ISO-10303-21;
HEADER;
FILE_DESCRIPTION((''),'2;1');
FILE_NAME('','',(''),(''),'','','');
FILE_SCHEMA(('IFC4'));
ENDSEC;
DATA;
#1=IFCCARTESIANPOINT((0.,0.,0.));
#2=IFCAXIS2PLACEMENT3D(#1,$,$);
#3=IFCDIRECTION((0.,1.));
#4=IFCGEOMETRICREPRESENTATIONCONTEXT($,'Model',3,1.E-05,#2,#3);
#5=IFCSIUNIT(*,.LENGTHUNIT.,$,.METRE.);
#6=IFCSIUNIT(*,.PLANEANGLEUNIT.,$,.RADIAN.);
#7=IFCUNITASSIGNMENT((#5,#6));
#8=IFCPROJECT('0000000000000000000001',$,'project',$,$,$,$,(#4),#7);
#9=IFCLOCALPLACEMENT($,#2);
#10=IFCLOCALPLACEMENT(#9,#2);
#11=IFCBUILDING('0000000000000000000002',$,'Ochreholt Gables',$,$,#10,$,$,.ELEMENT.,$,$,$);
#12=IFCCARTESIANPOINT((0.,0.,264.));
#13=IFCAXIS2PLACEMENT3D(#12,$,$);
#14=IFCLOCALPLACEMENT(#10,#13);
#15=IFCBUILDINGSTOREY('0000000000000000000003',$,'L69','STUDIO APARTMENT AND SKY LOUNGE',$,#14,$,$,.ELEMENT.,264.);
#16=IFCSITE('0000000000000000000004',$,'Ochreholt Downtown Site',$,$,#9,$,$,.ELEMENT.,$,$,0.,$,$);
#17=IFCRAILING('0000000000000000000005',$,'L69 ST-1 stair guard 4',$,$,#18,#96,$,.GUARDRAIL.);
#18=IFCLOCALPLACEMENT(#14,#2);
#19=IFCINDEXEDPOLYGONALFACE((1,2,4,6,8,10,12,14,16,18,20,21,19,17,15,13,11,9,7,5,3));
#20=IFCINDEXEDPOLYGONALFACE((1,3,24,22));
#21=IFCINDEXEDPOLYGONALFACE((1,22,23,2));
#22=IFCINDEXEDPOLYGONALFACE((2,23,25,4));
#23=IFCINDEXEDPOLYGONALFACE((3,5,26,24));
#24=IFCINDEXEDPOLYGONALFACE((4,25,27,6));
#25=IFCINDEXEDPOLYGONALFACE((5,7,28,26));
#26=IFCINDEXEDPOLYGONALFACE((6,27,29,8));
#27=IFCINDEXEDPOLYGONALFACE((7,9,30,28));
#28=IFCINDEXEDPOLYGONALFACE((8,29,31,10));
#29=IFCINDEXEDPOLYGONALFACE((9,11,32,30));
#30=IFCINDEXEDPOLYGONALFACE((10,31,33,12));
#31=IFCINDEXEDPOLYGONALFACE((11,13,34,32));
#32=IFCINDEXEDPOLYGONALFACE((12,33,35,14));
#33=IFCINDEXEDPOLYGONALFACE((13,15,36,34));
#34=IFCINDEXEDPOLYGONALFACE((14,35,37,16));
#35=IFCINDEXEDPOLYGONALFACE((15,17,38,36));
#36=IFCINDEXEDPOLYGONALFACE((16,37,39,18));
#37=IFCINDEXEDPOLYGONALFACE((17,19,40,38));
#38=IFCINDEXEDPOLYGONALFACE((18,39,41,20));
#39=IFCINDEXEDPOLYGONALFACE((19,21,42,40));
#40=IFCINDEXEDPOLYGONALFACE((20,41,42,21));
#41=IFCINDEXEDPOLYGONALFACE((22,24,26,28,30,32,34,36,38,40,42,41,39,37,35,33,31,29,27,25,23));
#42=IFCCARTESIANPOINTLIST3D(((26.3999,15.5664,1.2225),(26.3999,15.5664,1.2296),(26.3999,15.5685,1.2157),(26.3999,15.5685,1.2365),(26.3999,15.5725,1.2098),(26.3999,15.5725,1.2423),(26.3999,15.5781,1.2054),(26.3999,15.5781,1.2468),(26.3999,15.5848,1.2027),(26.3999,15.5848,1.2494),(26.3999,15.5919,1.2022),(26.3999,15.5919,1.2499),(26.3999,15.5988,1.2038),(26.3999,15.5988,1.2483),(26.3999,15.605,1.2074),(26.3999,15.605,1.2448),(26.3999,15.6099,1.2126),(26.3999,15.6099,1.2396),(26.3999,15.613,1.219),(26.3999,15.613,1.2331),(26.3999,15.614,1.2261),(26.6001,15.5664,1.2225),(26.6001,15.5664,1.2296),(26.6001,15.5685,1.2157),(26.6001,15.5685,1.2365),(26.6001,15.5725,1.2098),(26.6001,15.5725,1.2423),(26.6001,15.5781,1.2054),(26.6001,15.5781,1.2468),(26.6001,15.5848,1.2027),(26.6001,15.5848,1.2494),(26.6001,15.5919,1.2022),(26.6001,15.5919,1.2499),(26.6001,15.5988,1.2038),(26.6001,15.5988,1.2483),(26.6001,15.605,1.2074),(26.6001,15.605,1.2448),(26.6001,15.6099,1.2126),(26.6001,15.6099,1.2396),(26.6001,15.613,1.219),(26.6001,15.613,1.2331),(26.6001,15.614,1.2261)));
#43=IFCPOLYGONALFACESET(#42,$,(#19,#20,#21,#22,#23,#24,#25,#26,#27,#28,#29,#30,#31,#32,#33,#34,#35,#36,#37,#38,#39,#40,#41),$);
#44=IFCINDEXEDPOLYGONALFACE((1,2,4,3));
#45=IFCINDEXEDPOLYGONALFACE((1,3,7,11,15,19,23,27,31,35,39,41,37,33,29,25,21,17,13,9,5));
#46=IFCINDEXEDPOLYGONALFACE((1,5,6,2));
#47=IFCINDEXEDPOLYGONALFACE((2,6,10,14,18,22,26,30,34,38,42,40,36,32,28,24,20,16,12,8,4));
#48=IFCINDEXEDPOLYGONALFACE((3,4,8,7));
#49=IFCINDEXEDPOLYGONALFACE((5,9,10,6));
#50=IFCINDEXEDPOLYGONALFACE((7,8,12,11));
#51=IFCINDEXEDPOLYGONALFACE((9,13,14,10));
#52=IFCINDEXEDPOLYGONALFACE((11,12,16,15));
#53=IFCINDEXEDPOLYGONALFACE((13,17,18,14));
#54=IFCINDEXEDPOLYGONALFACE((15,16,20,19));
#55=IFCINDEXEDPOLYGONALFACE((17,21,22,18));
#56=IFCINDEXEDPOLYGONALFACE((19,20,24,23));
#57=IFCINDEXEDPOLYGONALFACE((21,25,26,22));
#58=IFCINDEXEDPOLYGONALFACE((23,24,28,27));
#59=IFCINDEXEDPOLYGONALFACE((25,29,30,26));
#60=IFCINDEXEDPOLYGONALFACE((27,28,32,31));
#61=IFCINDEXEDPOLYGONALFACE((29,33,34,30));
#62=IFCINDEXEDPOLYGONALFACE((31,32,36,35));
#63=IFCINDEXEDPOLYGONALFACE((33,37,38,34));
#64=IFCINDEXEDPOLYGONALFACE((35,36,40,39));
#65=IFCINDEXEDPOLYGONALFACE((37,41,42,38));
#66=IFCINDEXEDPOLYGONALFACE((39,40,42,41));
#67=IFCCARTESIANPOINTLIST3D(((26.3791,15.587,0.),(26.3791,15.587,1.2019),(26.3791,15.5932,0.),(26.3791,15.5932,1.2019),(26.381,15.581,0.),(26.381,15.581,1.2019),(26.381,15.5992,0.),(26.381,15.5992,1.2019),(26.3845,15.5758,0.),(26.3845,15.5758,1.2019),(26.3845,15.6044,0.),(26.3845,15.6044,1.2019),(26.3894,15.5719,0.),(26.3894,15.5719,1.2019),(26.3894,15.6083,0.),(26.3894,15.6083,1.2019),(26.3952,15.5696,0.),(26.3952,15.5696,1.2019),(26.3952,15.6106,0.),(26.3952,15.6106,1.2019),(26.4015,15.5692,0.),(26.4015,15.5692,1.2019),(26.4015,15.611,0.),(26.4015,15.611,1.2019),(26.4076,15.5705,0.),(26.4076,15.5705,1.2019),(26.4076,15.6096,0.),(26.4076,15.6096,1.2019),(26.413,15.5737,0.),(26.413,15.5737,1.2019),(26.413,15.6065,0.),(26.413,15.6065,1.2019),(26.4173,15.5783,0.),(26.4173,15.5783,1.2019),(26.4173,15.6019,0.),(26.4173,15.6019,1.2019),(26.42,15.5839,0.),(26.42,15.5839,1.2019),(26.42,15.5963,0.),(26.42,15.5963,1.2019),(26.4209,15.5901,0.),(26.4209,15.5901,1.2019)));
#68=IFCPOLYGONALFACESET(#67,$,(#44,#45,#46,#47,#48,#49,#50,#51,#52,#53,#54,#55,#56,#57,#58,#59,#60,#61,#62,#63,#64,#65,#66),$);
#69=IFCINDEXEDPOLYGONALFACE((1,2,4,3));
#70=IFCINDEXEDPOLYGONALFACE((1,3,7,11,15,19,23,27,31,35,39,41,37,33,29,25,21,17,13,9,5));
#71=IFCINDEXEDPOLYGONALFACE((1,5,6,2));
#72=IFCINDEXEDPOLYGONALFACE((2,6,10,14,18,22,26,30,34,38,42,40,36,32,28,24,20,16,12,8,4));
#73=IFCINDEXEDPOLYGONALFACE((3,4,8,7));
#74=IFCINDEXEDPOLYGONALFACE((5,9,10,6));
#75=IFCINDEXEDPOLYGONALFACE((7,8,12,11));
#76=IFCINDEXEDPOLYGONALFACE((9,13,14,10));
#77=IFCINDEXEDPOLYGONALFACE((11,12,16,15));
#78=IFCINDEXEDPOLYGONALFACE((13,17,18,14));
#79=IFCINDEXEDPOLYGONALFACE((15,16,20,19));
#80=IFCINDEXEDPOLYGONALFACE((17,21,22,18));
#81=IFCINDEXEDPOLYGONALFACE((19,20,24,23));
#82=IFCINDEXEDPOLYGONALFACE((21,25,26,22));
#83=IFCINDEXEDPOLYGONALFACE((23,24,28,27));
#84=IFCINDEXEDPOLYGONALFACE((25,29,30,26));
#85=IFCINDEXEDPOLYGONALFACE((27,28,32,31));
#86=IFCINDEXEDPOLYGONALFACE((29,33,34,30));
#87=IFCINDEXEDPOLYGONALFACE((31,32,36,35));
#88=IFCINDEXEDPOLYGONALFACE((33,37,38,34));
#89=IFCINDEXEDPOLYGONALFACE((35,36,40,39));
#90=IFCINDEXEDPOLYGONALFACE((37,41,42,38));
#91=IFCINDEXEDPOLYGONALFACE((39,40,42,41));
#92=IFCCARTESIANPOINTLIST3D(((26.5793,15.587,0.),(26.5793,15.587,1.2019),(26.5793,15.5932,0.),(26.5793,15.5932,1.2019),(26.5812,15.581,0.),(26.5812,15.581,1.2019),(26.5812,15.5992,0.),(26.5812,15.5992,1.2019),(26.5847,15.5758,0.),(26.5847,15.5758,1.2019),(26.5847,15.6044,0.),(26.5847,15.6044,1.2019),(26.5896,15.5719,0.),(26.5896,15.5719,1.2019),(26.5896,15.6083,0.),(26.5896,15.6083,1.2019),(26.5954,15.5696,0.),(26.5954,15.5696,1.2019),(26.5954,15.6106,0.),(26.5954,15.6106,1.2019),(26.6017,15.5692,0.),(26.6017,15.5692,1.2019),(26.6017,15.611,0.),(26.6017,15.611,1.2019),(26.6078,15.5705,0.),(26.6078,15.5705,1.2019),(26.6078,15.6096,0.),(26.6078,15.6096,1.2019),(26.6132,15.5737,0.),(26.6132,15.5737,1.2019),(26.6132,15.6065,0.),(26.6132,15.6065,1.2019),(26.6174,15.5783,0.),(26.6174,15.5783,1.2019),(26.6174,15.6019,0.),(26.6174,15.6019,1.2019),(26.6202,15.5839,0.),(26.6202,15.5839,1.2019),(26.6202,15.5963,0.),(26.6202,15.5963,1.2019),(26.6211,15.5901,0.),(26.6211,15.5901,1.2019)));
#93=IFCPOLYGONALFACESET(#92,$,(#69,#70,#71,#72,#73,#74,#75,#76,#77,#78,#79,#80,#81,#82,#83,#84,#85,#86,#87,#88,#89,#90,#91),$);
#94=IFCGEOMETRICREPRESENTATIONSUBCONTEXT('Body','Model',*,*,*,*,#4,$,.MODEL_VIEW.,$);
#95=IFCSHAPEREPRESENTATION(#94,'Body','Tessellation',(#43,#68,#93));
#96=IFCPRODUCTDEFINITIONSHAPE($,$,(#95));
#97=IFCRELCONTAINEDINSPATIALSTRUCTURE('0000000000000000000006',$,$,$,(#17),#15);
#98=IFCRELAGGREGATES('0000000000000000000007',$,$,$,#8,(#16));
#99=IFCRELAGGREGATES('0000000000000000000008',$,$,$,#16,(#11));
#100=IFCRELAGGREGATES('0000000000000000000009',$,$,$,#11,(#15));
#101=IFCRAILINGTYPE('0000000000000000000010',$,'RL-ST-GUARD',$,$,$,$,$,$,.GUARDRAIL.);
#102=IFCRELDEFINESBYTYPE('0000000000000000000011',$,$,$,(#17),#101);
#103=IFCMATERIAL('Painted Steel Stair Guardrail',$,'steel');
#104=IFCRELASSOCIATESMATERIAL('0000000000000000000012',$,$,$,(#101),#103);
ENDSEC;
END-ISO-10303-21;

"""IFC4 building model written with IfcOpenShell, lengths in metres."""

from ifc_helpers import new_model, si_unit, direction, frame, origin, origin_2d, place, context, subcontext, project, spatial, circle, extrude, material, type_object, element, save


model = new_model("IFC4")

# Units and contexts
model_context = context("Model", 3, precision=1e-05, world=origin(), true_north=direction((0.0, 1.0)))
body_context = subcontext(model_context, "Body", "Model", "MODEL_VIEW")
ifc_project = project(units=[si_unit("LENGTHUNIT", "METRE"), si_unit("PLANEANGLEUNIT", "RADIAN")], contexts=[model_context])

# Site, building, storey
site_placement = place(None, origin())
site = spatial("IfcSite", under=ifc_project, at=site_placement, Name="Ochreholt Downtown Site", CompositionType="ELEMENT", RefElevation=0.0)
building_placement = place(site_placement, origin())
building = spatial("IfcBuilding", under=site, at=building_placement, Name="Ochreholt Gables", CompositionType="ELEMENT")
storey_placement = place(building_placement, frame((0.0, 0.0, 264.0)))
storey = spatial("IfcBuildingStorey", under=building, at=storey_placement, Name="L69", Description="STUDIO APARTMENT AND SKY LOUNGE", CompositionType="ELEMENT", Elevation=264.0)

# Railing
ifc_material_1 = material(Name="Painted Steel Stair Guardrail", Category="steel")
railing_type_1 = type_object("IfcRailingType", Name="RL-ST-GUARD", PredefinedType="GUARDRAIL", material=ifc_material_1)
railing_1_placement = place(storey_placement, frame((26.3999, 15.5901, 0.0)))
element("IfcRailing", 1, at=railing_1_placement, inside=storey, type_object=railing_type_1, Name="L69 ST-1 stair guard 4", PredefinedType="GUARDRAIL", context=body_context, shape_type="SweptSolid", body=[
    extrude(circle(Radius=0.0239, at=origin_2d()), frame((0.0, 0.0, 1.2261), z_axis=(1.0, 0.0, 0.0), x_axis=(0.0, 1.0, 0.0)), (0.0, 0.0, 1.0), 0.2002),
    extrude(circle(Radius=0.021, at=origin_2d()), origin(), (0.0, 0.0, 1.0), 1.2019),
    extrude(circle(Radius=0.021, at=origin_2d()), frame((0.2002, 0.0, 0.0)), (0.0, 0.0, 1.0), 1.2019),
])

save(model, "model.ifc")
